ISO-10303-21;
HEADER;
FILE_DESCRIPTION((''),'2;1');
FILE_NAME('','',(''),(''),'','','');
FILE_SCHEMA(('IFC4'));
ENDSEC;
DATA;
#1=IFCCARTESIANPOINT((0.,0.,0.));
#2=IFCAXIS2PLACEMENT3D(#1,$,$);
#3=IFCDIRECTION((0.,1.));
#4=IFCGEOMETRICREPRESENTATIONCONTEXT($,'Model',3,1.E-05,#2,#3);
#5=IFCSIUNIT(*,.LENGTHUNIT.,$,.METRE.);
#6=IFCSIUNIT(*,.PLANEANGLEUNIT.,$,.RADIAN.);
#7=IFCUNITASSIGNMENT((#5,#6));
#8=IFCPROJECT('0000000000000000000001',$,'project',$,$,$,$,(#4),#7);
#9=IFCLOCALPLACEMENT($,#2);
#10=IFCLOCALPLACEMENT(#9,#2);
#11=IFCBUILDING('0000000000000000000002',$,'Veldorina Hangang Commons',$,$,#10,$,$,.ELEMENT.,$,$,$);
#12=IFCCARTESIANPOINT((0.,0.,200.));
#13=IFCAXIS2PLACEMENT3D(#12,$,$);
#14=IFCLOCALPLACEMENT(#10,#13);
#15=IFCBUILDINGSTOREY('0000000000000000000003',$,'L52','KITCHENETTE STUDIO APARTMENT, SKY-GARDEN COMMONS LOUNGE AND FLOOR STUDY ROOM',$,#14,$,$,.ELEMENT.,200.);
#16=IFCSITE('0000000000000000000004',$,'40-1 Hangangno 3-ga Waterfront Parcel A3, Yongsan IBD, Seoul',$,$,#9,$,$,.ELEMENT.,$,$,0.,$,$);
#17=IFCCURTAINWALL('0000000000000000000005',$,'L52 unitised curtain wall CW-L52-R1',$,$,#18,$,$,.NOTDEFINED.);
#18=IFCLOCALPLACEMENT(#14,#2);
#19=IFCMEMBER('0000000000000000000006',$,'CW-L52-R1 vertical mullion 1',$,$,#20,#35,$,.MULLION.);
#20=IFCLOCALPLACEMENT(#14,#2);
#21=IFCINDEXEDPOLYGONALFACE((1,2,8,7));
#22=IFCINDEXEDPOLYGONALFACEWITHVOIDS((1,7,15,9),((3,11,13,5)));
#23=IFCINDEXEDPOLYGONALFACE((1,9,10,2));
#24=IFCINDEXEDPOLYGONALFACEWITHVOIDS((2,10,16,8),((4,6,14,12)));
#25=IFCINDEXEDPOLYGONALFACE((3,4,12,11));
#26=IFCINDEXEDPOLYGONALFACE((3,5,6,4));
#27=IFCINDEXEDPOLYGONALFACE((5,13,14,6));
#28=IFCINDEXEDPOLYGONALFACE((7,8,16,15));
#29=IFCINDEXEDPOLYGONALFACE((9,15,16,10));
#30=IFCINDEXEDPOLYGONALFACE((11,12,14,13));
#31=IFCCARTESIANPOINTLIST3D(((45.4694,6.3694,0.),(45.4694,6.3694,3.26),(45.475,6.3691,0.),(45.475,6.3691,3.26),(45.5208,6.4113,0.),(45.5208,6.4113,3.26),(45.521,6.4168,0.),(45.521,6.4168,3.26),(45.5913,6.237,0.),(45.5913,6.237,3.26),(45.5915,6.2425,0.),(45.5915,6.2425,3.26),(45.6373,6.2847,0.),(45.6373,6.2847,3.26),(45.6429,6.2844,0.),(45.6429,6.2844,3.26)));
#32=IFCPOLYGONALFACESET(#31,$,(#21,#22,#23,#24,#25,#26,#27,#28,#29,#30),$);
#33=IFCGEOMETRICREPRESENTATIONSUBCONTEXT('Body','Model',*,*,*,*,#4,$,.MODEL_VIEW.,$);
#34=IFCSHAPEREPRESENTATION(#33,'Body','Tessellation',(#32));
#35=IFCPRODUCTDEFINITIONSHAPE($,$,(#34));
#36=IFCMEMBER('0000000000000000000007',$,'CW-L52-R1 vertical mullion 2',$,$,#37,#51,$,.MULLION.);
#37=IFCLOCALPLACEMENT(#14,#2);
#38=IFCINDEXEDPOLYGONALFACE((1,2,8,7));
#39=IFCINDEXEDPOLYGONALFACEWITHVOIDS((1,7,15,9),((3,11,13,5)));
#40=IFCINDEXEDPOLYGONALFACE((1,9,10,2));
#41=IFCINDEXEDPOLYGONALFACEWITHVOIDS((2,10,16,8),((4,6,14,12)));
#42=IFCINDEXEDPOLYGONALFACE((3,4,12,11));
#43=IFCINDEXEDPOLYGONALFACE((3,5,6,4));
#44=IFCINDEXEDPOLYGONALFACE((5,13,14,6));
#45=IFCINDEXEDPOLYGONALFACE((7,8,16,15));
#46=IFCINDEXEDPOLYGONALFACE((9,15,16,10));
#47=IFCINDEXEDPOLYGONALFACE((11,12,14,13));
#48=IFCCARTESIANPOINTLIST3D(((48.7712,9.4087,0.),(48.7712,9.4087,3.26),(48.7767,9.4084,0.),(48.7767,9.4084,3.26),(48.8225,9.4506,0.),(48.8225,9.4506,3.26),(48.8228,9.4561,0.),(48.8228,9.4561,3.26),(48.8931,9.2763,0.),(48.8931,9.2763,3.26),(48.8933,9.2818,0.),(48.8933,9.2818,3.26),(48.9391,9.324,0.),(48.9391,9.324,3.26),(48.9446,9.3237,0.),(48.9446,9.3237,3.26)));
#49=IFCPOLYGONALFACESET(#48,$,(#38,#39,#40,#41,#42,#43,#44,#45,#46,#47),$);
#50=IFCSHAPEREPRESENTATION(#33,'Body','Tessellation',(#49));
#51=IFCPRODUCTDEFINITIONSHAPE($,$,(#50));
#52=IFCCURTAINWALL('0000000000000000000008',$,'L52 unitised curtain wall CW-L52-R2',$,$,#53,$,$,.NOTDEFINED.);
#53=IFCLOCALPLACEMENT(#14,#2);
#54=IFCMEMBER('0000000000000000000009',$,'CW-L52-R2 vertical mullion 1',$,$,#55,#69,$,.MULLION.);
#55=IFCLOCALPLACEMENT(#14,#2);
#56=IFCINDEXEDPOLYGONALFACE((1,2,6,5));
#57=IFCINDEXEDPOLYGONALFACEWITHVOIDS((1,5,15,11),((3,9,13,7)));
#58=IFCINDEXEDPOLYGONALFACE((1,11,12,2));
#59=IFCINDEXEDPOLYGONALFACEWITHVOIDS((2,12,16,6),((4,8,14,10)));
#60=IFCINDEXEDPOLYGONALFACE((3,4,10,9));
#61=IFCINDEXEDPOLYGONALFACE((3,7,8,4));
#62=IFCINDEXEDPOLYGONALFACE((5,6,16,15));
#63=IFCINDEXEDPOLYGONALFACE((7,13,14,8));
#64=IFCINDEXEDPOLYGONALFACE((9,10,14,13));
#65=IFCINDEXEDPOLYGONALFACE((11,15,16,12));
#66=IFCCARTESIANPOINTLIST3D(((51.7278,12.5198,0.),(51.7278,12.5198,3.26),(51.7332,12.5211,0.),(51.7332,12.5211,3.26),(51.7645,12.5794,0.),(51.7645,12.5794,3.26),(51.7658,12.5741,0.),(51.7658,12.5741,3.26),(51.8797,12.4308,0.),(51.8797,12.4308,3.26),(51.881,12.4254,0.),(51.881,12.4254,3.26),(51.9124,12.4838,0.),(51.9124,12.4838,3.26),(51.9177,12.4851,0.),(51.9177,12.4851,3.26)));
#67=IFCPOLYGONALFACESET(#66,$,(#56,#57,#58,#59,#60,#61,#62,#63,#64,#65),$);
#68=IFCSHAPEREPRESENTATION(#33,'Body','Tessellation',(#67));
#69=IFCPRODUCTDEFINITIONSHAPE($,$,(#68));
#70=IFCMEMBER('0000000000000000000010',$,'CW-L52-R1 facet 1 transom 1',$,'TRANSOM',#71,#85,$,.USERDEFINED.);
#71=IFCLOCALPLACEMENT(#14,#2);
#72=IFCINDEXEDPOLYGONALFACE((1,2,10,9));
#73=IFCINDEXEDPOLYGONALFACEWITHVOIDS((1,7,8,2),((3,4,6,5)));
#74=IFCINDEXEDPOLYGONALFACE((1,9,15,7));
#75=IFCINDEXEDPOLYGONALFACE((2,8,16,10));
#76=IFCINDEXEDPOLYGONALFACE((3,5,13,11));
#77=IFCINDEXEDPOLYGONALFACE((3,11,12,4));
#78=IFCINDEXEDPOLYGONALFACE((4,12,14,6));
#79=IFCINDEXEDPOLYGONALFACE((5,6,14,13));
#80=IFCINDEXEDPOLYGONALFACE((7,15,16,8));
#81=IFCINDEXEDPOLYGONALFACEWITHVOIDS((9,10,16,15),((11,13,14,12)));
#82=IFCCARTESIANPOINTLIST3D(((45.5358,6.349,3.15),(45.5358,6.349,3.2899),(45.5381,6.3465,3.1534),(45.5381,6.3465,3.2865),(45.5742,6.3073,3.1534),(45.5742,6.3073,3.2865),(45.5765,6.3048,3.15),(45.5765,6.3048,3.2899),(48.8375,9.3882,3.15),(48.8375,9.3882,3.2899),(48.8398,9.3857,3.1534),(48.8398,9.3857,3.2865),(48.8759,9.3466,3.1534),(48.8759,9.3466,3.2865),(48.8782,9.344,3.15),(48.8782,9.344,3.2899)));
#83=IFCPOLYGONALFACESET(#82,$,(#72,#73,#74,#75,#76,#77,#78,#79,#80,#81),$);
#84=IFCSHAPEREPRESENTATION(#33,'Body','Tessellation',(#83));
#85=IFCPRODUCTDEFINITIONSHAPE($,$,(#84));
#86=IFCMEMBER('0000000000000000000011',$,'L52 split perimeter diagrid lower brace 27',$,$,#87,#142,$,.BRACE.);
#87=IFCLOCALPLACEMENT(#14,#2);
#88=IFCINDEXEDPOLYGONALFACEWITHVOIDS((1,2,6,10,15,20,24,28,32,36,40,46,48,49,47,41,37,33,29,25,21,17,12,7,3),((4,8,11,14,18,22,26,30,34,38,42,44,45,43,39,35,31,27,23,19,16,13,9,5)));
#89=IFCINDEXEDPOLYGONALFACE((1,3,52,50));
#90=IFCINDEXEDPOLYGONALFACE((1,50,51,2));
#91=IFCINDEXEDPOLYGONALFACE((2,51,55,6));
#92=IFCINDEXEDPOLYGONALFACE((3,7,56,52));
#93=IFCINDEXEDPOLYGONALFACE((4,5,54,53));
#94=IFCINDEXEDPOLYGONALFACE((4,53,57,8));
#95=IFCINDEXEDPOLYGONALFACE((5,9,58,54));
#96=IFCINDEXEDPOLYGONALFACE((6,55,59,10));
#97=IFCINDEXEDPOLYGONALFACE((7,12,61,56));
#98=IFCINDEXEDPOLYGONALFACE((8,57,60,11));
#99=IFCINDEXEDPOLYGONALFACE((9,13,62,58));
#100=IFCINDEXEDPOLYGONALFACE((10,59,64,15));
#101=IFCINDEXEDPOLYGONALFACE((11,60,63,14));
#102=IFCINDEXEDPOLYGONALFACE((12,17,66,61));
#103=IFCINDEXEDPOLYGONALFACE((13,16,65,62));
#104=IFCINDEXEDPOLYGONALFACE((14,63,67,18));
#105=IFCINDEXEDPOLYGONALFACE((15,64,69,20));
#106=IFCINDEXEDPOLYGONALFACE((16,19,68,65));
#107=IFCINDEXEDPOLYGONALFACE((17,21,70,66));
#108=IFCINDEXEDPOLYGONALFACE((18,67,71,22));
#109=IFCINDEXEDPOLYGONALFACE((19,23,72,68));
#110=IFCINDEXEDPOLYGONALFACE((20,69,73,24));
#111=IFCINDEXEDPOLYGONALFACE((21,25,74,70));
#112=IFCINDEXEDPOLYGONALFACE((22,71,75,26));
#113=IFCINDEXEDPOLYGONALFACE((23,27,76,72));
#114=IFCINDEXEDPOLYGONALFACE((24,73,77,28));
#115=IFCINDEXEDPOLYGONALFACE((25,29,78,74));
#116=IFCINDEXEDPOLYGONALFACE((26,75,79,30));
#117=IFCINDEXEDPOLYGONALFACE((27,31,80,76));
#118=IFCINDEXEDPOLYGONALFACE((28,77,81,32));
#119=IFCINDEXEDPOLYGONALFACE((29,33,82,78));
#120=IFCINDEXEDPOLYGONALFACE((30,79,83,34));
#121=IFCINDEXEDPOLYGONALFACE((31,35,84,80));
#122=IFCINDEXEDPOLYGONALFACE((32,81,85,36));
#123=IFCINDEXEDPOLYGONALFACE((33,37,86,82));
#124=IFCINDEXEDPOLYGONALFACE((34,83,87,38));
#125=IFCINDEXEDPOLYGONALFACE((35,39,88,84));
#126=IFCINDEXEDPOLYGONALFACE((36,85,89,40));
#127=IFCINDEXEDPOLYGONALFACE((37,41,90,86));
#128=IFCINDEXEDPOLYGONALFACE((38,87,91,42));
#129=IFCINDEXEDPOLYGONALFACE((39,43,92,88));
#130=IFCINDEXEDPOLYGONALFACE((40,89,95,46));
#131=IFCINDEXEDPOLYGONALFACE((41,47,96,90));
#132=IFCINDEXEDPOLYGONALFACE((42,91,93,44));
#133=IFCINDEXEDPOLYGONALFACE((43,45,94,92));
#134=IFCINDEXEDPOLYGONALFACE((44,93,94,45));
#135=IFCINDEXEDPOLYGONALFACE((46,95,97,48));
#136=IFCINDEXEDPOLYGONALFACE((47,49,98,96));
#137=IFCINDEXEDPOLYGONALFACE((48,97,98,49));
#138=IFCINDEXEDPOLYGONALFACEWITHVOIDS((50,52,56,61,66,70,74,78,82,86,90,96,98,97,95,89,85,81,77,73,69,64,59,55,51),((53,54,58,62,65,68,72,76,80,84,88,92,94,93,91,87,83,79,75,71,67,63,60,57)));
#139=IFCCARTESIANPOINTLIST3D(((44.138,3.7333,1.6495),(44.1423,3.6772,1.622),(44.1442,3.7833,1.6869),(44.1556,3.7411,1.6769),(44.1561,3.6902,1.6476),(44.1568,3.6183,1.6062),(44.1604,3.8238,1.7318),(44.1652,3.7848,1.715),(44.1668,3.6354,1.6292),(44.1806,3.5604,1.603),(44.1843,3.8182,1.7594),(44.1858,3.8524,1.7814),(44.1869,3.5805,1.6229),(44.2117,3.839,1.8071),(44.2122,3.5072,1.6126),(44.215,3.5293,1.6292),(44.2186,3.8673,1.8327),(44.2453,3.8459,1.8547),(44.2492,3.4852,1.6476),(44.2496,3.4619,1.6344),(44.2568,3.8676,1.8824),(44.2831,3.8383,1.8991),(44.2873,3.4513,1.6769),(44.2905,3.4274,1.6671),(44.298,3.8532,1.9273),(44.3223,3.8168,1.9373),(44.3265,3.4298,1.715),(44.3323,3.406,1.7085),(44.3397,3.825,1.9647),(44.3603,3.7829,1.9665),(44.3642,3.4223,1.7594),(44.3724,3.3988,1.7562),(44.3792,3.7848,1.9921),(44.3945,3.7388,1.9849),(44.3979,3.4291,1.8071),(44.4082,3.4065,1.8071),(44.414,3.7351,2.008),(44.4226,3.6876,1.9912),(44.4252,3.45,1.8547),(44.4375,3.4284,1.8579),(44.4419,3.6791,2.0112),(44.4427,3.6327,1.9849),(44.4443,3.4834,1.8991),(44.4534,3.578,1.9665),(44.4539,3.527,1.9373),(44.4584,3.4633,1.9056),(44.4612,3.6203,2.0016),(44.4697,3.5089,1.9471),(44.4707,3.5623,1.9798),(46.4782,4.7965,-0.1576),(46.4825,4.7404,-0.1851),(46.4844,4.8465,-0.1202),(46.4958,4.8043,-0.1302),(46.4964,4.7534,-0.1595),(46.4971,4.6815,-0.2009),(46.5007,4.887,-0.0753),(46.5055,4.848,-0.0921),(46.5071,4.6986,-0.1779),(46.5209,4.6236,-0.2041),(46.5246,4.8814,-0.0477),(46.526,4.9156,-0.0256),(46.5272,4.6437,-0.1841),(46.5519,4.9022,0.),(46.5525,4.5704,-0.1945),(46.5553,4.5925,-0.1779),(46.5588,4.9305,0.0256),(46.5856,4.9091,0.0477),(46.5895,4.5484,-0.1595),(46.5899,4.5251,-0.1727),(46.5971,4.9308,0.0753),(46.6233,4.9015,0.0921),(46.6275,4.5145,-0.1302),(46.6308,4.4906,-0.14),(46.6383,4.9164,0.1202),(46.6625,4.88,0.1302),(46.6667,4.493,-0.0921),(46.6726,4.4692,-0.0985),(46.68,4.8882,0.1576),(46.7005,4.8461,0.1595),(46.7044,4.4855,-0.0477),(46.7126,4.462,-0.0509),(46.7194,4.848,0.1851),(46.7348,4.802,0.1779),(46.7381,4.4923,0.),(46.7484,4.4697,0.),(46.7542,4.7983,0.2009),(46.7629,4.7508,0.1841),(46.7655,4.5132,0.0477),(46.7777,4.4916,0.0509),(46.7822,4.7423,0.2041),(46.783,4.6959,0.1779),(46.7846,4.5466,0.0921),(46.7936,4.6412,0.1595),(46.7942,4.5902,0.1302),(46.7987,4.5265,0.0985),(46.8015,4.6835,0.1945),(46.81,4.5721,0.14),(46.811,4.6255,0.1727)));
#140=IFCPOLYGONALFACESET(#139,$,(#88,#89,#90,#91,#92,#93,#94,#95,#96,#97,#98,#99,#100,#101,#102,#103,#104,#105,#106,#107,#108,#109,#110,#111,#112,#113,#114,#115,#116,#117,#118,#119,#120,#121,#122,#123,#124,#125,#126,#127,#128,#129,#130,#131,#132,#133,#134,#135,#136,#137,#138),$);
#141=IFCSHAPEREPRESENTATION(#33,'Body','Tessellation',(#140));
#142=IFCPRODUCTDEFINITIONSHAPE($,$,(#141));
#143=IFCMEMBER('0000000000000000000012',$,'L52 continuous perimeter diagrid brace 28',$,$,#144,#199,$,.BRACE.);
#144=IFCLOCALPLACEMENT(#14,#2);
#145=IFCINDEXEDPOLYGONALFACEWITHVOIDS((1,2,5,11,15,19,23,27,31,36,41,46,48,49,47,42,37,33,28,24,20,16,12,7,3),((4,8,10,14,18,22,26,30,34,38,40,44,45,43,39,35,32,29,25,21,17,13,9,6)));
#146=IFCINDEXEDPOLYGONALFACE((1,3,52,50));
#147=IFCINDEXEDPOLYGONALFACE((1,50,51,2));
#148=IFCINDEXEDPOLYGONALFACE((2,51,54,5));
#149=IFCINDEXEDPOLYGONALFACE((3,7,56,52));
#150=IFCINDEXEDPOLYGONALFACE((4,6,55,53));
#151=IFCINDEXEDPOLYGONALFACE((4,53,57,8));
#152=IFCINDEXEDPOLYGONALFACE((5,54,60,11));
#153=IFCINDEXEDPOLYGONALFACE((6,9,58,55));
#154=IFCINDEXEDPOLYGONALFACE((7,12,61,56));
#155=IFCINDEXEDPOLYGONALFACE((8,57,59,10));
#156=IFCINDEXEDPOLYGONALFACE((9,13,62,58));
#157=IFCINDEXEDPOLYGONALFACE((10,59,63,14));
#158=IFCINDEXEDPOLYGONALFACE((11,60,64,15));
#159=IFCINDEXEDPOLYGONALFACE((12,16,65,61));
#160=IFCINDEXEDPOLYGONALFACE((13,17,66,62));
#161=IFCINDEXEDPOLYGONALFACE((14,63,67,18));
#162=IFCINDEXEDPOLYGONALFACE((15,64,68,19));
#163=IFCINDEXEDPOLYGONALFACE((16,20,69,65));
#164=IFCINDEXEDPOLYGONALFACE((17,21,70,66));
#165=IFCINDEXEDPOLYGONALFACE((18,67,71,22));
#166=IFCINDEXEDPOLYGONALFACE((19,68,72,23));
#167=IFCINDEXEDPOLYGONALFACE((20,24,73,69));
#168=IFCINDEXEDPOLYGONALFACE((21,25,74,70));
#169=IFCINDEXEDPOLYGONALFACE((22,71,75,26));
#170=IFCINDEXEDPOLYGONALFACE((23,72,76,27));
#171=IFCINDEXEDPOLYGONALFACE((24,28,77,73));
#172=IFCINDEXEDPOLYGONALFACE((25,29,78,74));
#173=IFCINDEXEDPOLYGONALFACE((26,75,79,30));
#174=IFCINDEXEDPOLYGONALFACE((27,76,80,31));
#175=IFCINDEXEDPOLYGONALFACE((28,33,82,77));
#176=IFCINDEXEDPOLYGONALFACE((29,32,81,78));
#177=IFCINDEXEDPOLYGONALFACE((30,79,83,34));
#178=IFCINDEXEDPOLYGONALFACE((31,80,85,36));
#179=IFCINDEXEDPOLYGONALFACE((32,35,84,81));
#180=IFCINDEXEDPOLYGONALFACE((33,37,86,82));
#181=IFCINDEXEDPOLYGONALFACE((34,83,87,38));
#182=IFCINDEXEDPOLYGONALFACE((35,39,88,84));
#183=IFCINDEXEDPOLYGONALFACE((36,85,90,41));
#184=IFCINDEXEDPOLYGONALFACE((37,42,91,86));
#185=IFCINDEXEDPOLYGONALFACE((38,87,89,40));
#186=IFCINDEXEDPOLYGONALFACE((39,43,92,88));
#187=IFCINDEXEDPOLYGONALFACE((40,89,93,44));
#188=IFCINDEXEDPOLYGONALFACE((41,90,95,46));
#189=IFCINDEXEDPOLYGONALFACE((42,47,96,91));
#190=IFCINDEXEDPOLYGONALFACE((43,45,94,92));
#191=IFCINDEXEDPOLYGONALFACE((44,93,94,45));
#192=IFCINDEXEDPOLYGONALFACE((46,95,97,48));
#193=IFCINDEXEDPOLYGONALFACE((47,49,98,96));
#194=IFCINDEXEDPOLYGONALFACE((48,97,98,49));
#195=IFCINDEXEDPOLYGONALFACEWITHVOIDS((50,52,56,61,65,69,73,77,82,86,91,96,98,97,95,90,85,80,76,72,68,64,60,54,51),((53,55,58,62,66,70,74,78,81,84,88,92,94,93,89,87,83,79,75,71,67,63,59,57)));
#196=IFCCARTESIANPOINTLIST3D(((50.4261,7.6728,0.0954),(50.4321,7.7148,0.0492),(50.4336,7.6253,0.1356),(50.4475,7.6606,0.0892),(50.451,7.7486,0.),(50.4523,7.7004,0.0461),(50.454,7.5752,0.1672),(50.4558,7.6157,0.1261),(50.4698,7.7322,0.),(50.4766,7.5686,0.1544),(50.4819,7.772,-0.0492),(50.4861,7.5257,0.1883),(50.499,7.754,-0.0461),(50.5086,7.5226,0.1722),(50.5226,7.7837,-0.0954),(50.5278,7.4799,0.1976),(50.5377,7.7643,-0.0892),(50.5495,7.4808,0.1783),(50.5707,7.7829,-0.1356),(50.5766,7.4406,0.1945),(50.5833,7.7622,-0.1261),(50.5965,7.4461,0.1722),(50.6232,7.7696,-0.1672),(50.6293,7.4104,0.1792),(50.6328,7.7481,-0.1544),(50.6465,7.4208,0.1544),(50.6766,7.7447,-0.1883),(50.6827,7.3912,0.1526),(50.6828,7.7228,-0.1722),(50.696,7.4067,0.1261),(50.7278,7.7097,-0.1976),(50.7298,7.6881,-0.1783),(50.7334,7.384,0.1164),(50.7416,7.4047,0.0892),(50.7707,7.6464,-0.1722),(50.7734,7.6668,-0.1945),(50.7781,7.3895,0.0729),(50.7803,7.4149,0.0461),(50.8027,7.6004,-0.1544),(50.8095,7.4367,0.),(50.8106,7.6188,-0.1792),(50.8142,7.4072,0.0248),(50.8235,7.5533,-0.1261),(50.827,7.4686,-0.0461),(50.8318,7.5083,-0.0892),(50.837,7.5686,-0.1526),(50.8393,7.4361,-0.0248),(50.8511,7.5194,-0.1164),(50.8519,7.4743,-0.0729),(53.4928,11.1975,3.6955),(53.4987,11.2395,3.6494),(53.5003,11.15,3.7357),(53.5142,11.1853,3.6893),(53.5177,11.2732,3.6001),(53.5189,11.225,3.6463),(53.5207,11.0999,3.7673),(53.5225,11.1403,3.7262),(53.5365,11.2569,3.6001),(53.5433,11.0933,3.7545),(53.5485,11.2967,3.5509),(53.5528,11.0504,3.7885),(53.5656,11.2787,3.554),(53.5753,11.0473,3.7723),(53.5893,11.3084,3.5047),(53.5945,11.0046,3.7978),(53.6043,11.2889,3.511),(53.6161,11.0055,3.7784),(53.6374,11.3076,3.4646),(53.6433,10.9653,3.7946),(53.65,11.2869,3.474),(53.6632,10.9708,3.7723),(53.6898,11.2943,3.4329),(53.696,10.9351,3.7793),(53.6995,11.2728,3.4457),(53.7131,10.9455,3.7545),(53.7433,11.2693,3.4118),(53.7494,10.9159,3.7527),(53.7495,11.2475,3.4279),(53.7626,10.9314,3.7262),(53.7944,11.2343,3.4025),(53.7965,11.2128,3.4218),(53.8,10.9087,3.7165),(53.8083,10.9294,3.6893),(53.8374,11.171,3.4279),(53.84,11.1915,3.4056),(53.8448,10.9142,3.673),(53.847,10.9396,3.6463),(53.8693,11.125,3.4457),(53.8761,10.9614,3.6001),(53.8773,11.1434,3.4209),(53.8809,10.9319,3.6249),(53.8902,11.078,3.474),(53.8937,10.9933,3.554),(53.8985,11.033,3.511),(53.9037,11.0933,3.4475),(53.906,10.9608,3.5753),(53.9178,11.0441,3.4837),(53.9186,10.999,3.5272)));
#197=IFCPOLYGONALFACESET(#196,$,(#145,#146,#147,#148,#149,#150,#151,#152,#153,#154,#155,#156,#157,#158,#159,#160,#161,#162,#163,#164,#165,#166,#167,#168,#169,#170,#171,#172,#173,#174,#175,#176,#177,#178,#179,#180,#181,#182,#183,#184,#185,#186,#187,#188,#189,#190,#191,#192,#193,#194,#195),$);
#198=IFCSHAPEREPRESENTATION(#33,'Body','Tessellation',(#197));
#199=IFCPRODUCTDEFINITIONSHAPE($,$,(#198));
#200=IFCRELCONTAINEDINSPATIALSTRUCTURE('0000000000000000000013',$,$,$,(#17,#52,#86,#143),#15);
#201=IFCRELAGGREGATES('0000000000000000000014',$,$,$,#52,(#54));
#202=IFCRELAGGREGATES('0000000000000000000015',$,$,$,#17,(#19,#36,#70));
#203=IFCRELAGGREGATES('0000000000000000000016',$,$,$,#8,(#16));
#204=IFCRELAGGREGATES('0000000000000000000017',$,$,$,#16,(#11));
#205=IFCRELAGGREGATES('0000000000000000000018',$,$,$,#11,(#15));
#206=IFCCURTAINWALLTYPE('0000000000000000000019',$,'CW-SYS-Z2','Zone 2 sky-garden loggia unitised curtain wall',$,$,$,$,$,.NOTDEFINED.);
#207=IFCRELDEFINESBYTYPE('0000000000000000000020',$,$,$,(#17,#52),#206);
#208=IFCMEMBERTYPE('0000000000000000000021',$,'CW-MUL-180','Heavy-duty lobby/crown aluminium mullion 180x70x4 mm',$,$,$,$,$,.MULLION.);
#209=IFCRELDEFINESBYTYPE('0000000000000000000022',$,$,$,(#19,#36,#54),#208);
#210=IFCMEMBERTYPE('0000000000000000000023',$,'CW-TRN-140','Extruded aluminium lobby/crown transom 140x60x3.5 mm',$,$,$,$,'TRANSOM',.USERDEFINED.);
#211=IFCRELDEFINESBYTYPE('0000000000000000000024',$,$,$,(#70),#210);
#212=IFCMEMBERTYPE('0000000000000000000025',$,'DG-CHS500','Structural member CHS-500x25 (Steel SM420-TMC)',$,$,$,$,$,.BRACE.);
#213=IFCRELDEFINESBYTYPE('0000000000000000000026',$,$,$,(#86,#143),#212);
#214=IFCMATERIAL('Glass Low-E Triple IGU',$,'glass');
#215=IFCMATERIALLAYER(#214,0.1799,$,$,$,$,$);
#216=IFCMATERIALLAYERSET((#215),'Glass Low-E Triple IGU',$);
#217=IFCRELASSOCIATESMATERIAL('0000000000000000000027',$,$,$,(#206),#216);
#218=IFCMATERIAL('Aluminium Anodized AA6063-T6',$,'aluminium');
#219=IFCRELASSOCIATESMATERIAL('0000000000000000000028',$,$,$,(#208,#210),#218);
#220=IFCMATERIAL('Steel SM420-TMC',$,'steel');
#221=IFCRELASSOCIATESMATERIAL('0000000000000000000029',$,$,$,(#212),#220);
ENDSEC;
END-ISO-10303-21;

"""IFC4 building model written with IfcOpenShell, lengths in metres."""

from ifc_helpers import new_model, si_unit, direction, frame, origin, origin_2d, place, context, subcontext, project, spatial, hollow_rectangle, hollow_circle, extrude, material, layer, layer_set, material_profile, profile_set, type_object, element, aggregate, save


model = new_model("IFC4")

# Units and contexts
model_context = context("Model", 3, precision=1e-05, world=origin(), true_north=direction((0.0, 1.0)))
body_context = subcontext(model_context, "Body", "Model", "MODEL_VIEW")
ifc_project = project(units=[si_unit("LENGTHUNIT", "METRE"), si_unit("PLANEANGLEUNIT", "RADIAN")], contexts=[model_context])

# Site, building, storey
site_placement = place(None, origin())
site = spatial("IfcSite", under=ifc_project, at=site_placement, Name="40-1 Hangangno 3-ga Waterfront Parcel A3, Yongsan IBD, Seoul", CompositionType="ELEMENT", RefElevation=0.0)
building_placement = place(site_placement, origin())
building = spatial("IfcBuilding", under=site, at=building_placement, Name="Veldorina Hangang Commons", CompositionType="ELEMENT")
storey_placement = place(building_placement, frame((0.0, 0.0, 200.0)))
storey = spatial("IfcBuildingStorey", under=building, at=storey_placement, Name="L52", Description="KITCHENETTE STUDIO APARTMENT, SKY-GARDEN COMMONS LOUNGE AND FLOOR STUDY ROOM", CompositionType="ELEMENT", Elevation=200.0)

# Shared definitions
ifc_material_1 = material(Name="Steel SM420-TMC", Category="steel")

# Curtain wall, members
ifc_material_2 = material(Name="Glass Low-E Triple IGU", Category="glass")
ifc_layer_1 = layer(ifc_material_2, 0.1799)
ifc_layer_set_1 = layer_set([ifc_layer_1], Name="Glass Low-E Triple IGU")
curtain_wall_type = type_object("IfcCurtainWallType", Name="CW-SYS-Z2", Description="Zone 2 sky-garden loggia unitised curtain wall", PredefinedType="NOTDEFINED", material=ifc_layer_set_1)
curtain_wall_1_placement = place(storey_placement, origin())
curtain_wall_1 = element("IfcCurtainWall", 1, at=curtain_wall_1_placement, inside=storey, type_object=curtain_wall_type, Name="L52 unitised curtain wall CW-L52-R1", PredefinedType="NOTDEFINED")
ifc_material_3 = material(Name="Aluminium Anodized AA6063-T6", Category="aluminium")
ifc_material_profile_1 = material_profile(ifc_material_3, hollow_rectangle(XDim=0.0701, YDim=0.1799, WallThickness=0.0039, at=origin_2d()), Name="ALU-RHS-180x70x4")
ifc_profile_set_1 = profile_set([ifc_material_profile_1], Name="Aluminium Anodized AA6063-T6")
member_type_1 = type_object("IfcMemberType", Name="CW-MUL-180", Description="Heavy-duty lobby/crown aluminium mullion 180x70x4 mm", PredefinedType="MULLION", material=ifc_profile_set_1)
member_1_placement = place(storey_placement, frame((45.5562, 6.3269, 0.0), z_axis=(0.0, 0.0, 1.0), x_axis=(0.735719, 0.677287, 0.0)))
member_1 = element("IfcMember", 2, at=member_1_placement, type_object=member_type_1, Name="CW-L52-R1 vertical mullion 1", PredefinedType="MULLION", context=body_context, shape_type="SweptSolid", body=[
    extrude(hollow_rectangle(XDim=0.0701, YDim=0.1799, WallThickness=0.0039, at=origin_2d()), origin(), (0.0, 0.0, 1.0), 3.26),
])
member_2_placement = place(storey_placement, frame((48.8579, 9.3662, 0.0), z_axis=(0.0, 0.0, 1.0), x_axis=(-0.735719, -0.677287, 0.0)))
member_2 = element("IfcMember", 3, at=member_2_placement, type_object=member_type_1, Name="CW-L52-R1 vertical mullion 2", PredefinedType="MULLION", context=body_context, shape_type="SweptSolid", body=[
    extrude(hollow_rectangle(XDim=0.0701, YDim=0.1799, WallThickness=0.0039, at=origin_2d()), origin(), (0.0, 0.0, 1.0), 3.26),
])

# Curtain wall, member
curtain_wall_2_placement = place(storey_placement, origin())
curtain_wall_2 = element("IfcCurtainWall", 4, at=curtain_wall_2_placement, inside=storey, type_object=curtain_wall_type, Name="L52 unitised curtain wall CW-L52-R2", PredefinedType="NOTDEFINED")
member_3_placement = place(storey_placement, frame((51.8228, 12.5024, 0.0), z_axis=(0.0, 0.0, 1.0), x_axis=(0.524313, 0.851526, 0.0)))
member_3 = element("IfcMember", 5, at=member_3_placement, type_object=member_type_1, Name="CW-L52-R2 vertical mullion 1", PredefinedType="MULLION", context=body_context, shape_type="SweptSolid", body=[
    extrude(hollow_rectangle(XDim=0.0701, YDim=0.1799, WallThickness=0.0039, at=origin_2d()), origin(), (0.0, 0.0, 1.0), 3.26),
])
aggregate(curtain_wall_2, [member_3])

# Member
ifc_material_profile_2 = material_profile(ifc_material_3, hollow_rectangle(XDim=0.0601, YDim=0.1399, WallThickness=0.0034, at=origin_2d()), Name="ALU-RHS-140x60x3.5")
ifc_profile_set_2 = profile_set([ifc_material_profile_2], Name="Aluminium Anodized AA6063-T6")
member_type_2 = type_object("IfcMemberType", Name="CW-TRN-140", Description="Extruded aluminium lobby/crown transom 140x60x3.5 mm", ElementType="TRANSOM", PredefinedType="USERDEFINED", material=ifc_profile_set_2)
member_4_placement = place(storey_placement, frame((45.5562, 6.3269, 3.22), z_axis=(0.735743, 0.67726, 0.0), x_axis=(-0.67726, 0.735743, 0.0)))
member_4 = element("IfcMember", 6, at=member_4_placement, type_object=member_type_2, Name="CW-L52-R1 facet 1 transom 1", ObjectType="TRANSOM", PredefinedType="USERDEFINED", context=body_context, shape_type="SweptSolid", body=[
    extrude(hollow_rectangle(XDim=0.0601, YDim=0.1399, WallThickness=0.0034, at=origin_2d()), origin(), (0.0, 0.0, 1.0), 4.4875),
])

# Members
ifc_material_profile_3 = material_profile(ifc_material_1, hollow_circle(Radius=0.25, WallThickness=0.0249, at=origin_2d()), Name="CHS-500x25")
ifc_profile_set_3 = profile_set([ifc_material_profile_3], Name="Steel SM420-TMC")
member_type_3 = type_object("IfcMemberType", Name="DG-CHS500", Description="Structural member CHS-500x25 (Steel SM420-TMC)", PredefinedType="BRACE", material=ifc_profile_set_3)
member_5_placement = place(storey_placement, frame((46.645, 4.6973, 0.0), z_axis=(-0.74481, -0.338373, 0.575118), x_axis=(0.413624, -0.910448, 0.0)))
element("IfcMember", 7, at=member_5_placement, inside=storey, type_object=member_type_3, Name="L52 split perimeter diagrid lower brace 27", PredefinedType="BRACE", context=body_context, shape_type="SweptSolid", body=[
    extrude(hollow_circle(Radius=0.25, WallThickness=0.0249, at=origin_2d()), origin(), (0.0, 0.0, 1.0), 3.1421),
])
member_6_placement = place(storey_placement, frame((50.6396, 7.5845, 0.0), z_axis=(0.519934, 0.597586, 0.610377), x_axis=(-0.754422, 0.65639, 0.0)))
element("IfcMember", 8, at=member_6_placement, inside=storey, type_object=member_type_3, Name="L52 continuous perimeter diagrid brace 28", PredefinedType="BRACE", context=body_context, shape_type="SweptSolid", body=[
    extrude(hollow_circle(Radius=0.25, WallThickness=0.0249, at=origin_2d()), origin(), (0.0, 0.0, 1.0), 5.8982),
])

aggregate(curtain_wall_1, [member_1, member_2, member_4])

save(model, "model.ifc")
